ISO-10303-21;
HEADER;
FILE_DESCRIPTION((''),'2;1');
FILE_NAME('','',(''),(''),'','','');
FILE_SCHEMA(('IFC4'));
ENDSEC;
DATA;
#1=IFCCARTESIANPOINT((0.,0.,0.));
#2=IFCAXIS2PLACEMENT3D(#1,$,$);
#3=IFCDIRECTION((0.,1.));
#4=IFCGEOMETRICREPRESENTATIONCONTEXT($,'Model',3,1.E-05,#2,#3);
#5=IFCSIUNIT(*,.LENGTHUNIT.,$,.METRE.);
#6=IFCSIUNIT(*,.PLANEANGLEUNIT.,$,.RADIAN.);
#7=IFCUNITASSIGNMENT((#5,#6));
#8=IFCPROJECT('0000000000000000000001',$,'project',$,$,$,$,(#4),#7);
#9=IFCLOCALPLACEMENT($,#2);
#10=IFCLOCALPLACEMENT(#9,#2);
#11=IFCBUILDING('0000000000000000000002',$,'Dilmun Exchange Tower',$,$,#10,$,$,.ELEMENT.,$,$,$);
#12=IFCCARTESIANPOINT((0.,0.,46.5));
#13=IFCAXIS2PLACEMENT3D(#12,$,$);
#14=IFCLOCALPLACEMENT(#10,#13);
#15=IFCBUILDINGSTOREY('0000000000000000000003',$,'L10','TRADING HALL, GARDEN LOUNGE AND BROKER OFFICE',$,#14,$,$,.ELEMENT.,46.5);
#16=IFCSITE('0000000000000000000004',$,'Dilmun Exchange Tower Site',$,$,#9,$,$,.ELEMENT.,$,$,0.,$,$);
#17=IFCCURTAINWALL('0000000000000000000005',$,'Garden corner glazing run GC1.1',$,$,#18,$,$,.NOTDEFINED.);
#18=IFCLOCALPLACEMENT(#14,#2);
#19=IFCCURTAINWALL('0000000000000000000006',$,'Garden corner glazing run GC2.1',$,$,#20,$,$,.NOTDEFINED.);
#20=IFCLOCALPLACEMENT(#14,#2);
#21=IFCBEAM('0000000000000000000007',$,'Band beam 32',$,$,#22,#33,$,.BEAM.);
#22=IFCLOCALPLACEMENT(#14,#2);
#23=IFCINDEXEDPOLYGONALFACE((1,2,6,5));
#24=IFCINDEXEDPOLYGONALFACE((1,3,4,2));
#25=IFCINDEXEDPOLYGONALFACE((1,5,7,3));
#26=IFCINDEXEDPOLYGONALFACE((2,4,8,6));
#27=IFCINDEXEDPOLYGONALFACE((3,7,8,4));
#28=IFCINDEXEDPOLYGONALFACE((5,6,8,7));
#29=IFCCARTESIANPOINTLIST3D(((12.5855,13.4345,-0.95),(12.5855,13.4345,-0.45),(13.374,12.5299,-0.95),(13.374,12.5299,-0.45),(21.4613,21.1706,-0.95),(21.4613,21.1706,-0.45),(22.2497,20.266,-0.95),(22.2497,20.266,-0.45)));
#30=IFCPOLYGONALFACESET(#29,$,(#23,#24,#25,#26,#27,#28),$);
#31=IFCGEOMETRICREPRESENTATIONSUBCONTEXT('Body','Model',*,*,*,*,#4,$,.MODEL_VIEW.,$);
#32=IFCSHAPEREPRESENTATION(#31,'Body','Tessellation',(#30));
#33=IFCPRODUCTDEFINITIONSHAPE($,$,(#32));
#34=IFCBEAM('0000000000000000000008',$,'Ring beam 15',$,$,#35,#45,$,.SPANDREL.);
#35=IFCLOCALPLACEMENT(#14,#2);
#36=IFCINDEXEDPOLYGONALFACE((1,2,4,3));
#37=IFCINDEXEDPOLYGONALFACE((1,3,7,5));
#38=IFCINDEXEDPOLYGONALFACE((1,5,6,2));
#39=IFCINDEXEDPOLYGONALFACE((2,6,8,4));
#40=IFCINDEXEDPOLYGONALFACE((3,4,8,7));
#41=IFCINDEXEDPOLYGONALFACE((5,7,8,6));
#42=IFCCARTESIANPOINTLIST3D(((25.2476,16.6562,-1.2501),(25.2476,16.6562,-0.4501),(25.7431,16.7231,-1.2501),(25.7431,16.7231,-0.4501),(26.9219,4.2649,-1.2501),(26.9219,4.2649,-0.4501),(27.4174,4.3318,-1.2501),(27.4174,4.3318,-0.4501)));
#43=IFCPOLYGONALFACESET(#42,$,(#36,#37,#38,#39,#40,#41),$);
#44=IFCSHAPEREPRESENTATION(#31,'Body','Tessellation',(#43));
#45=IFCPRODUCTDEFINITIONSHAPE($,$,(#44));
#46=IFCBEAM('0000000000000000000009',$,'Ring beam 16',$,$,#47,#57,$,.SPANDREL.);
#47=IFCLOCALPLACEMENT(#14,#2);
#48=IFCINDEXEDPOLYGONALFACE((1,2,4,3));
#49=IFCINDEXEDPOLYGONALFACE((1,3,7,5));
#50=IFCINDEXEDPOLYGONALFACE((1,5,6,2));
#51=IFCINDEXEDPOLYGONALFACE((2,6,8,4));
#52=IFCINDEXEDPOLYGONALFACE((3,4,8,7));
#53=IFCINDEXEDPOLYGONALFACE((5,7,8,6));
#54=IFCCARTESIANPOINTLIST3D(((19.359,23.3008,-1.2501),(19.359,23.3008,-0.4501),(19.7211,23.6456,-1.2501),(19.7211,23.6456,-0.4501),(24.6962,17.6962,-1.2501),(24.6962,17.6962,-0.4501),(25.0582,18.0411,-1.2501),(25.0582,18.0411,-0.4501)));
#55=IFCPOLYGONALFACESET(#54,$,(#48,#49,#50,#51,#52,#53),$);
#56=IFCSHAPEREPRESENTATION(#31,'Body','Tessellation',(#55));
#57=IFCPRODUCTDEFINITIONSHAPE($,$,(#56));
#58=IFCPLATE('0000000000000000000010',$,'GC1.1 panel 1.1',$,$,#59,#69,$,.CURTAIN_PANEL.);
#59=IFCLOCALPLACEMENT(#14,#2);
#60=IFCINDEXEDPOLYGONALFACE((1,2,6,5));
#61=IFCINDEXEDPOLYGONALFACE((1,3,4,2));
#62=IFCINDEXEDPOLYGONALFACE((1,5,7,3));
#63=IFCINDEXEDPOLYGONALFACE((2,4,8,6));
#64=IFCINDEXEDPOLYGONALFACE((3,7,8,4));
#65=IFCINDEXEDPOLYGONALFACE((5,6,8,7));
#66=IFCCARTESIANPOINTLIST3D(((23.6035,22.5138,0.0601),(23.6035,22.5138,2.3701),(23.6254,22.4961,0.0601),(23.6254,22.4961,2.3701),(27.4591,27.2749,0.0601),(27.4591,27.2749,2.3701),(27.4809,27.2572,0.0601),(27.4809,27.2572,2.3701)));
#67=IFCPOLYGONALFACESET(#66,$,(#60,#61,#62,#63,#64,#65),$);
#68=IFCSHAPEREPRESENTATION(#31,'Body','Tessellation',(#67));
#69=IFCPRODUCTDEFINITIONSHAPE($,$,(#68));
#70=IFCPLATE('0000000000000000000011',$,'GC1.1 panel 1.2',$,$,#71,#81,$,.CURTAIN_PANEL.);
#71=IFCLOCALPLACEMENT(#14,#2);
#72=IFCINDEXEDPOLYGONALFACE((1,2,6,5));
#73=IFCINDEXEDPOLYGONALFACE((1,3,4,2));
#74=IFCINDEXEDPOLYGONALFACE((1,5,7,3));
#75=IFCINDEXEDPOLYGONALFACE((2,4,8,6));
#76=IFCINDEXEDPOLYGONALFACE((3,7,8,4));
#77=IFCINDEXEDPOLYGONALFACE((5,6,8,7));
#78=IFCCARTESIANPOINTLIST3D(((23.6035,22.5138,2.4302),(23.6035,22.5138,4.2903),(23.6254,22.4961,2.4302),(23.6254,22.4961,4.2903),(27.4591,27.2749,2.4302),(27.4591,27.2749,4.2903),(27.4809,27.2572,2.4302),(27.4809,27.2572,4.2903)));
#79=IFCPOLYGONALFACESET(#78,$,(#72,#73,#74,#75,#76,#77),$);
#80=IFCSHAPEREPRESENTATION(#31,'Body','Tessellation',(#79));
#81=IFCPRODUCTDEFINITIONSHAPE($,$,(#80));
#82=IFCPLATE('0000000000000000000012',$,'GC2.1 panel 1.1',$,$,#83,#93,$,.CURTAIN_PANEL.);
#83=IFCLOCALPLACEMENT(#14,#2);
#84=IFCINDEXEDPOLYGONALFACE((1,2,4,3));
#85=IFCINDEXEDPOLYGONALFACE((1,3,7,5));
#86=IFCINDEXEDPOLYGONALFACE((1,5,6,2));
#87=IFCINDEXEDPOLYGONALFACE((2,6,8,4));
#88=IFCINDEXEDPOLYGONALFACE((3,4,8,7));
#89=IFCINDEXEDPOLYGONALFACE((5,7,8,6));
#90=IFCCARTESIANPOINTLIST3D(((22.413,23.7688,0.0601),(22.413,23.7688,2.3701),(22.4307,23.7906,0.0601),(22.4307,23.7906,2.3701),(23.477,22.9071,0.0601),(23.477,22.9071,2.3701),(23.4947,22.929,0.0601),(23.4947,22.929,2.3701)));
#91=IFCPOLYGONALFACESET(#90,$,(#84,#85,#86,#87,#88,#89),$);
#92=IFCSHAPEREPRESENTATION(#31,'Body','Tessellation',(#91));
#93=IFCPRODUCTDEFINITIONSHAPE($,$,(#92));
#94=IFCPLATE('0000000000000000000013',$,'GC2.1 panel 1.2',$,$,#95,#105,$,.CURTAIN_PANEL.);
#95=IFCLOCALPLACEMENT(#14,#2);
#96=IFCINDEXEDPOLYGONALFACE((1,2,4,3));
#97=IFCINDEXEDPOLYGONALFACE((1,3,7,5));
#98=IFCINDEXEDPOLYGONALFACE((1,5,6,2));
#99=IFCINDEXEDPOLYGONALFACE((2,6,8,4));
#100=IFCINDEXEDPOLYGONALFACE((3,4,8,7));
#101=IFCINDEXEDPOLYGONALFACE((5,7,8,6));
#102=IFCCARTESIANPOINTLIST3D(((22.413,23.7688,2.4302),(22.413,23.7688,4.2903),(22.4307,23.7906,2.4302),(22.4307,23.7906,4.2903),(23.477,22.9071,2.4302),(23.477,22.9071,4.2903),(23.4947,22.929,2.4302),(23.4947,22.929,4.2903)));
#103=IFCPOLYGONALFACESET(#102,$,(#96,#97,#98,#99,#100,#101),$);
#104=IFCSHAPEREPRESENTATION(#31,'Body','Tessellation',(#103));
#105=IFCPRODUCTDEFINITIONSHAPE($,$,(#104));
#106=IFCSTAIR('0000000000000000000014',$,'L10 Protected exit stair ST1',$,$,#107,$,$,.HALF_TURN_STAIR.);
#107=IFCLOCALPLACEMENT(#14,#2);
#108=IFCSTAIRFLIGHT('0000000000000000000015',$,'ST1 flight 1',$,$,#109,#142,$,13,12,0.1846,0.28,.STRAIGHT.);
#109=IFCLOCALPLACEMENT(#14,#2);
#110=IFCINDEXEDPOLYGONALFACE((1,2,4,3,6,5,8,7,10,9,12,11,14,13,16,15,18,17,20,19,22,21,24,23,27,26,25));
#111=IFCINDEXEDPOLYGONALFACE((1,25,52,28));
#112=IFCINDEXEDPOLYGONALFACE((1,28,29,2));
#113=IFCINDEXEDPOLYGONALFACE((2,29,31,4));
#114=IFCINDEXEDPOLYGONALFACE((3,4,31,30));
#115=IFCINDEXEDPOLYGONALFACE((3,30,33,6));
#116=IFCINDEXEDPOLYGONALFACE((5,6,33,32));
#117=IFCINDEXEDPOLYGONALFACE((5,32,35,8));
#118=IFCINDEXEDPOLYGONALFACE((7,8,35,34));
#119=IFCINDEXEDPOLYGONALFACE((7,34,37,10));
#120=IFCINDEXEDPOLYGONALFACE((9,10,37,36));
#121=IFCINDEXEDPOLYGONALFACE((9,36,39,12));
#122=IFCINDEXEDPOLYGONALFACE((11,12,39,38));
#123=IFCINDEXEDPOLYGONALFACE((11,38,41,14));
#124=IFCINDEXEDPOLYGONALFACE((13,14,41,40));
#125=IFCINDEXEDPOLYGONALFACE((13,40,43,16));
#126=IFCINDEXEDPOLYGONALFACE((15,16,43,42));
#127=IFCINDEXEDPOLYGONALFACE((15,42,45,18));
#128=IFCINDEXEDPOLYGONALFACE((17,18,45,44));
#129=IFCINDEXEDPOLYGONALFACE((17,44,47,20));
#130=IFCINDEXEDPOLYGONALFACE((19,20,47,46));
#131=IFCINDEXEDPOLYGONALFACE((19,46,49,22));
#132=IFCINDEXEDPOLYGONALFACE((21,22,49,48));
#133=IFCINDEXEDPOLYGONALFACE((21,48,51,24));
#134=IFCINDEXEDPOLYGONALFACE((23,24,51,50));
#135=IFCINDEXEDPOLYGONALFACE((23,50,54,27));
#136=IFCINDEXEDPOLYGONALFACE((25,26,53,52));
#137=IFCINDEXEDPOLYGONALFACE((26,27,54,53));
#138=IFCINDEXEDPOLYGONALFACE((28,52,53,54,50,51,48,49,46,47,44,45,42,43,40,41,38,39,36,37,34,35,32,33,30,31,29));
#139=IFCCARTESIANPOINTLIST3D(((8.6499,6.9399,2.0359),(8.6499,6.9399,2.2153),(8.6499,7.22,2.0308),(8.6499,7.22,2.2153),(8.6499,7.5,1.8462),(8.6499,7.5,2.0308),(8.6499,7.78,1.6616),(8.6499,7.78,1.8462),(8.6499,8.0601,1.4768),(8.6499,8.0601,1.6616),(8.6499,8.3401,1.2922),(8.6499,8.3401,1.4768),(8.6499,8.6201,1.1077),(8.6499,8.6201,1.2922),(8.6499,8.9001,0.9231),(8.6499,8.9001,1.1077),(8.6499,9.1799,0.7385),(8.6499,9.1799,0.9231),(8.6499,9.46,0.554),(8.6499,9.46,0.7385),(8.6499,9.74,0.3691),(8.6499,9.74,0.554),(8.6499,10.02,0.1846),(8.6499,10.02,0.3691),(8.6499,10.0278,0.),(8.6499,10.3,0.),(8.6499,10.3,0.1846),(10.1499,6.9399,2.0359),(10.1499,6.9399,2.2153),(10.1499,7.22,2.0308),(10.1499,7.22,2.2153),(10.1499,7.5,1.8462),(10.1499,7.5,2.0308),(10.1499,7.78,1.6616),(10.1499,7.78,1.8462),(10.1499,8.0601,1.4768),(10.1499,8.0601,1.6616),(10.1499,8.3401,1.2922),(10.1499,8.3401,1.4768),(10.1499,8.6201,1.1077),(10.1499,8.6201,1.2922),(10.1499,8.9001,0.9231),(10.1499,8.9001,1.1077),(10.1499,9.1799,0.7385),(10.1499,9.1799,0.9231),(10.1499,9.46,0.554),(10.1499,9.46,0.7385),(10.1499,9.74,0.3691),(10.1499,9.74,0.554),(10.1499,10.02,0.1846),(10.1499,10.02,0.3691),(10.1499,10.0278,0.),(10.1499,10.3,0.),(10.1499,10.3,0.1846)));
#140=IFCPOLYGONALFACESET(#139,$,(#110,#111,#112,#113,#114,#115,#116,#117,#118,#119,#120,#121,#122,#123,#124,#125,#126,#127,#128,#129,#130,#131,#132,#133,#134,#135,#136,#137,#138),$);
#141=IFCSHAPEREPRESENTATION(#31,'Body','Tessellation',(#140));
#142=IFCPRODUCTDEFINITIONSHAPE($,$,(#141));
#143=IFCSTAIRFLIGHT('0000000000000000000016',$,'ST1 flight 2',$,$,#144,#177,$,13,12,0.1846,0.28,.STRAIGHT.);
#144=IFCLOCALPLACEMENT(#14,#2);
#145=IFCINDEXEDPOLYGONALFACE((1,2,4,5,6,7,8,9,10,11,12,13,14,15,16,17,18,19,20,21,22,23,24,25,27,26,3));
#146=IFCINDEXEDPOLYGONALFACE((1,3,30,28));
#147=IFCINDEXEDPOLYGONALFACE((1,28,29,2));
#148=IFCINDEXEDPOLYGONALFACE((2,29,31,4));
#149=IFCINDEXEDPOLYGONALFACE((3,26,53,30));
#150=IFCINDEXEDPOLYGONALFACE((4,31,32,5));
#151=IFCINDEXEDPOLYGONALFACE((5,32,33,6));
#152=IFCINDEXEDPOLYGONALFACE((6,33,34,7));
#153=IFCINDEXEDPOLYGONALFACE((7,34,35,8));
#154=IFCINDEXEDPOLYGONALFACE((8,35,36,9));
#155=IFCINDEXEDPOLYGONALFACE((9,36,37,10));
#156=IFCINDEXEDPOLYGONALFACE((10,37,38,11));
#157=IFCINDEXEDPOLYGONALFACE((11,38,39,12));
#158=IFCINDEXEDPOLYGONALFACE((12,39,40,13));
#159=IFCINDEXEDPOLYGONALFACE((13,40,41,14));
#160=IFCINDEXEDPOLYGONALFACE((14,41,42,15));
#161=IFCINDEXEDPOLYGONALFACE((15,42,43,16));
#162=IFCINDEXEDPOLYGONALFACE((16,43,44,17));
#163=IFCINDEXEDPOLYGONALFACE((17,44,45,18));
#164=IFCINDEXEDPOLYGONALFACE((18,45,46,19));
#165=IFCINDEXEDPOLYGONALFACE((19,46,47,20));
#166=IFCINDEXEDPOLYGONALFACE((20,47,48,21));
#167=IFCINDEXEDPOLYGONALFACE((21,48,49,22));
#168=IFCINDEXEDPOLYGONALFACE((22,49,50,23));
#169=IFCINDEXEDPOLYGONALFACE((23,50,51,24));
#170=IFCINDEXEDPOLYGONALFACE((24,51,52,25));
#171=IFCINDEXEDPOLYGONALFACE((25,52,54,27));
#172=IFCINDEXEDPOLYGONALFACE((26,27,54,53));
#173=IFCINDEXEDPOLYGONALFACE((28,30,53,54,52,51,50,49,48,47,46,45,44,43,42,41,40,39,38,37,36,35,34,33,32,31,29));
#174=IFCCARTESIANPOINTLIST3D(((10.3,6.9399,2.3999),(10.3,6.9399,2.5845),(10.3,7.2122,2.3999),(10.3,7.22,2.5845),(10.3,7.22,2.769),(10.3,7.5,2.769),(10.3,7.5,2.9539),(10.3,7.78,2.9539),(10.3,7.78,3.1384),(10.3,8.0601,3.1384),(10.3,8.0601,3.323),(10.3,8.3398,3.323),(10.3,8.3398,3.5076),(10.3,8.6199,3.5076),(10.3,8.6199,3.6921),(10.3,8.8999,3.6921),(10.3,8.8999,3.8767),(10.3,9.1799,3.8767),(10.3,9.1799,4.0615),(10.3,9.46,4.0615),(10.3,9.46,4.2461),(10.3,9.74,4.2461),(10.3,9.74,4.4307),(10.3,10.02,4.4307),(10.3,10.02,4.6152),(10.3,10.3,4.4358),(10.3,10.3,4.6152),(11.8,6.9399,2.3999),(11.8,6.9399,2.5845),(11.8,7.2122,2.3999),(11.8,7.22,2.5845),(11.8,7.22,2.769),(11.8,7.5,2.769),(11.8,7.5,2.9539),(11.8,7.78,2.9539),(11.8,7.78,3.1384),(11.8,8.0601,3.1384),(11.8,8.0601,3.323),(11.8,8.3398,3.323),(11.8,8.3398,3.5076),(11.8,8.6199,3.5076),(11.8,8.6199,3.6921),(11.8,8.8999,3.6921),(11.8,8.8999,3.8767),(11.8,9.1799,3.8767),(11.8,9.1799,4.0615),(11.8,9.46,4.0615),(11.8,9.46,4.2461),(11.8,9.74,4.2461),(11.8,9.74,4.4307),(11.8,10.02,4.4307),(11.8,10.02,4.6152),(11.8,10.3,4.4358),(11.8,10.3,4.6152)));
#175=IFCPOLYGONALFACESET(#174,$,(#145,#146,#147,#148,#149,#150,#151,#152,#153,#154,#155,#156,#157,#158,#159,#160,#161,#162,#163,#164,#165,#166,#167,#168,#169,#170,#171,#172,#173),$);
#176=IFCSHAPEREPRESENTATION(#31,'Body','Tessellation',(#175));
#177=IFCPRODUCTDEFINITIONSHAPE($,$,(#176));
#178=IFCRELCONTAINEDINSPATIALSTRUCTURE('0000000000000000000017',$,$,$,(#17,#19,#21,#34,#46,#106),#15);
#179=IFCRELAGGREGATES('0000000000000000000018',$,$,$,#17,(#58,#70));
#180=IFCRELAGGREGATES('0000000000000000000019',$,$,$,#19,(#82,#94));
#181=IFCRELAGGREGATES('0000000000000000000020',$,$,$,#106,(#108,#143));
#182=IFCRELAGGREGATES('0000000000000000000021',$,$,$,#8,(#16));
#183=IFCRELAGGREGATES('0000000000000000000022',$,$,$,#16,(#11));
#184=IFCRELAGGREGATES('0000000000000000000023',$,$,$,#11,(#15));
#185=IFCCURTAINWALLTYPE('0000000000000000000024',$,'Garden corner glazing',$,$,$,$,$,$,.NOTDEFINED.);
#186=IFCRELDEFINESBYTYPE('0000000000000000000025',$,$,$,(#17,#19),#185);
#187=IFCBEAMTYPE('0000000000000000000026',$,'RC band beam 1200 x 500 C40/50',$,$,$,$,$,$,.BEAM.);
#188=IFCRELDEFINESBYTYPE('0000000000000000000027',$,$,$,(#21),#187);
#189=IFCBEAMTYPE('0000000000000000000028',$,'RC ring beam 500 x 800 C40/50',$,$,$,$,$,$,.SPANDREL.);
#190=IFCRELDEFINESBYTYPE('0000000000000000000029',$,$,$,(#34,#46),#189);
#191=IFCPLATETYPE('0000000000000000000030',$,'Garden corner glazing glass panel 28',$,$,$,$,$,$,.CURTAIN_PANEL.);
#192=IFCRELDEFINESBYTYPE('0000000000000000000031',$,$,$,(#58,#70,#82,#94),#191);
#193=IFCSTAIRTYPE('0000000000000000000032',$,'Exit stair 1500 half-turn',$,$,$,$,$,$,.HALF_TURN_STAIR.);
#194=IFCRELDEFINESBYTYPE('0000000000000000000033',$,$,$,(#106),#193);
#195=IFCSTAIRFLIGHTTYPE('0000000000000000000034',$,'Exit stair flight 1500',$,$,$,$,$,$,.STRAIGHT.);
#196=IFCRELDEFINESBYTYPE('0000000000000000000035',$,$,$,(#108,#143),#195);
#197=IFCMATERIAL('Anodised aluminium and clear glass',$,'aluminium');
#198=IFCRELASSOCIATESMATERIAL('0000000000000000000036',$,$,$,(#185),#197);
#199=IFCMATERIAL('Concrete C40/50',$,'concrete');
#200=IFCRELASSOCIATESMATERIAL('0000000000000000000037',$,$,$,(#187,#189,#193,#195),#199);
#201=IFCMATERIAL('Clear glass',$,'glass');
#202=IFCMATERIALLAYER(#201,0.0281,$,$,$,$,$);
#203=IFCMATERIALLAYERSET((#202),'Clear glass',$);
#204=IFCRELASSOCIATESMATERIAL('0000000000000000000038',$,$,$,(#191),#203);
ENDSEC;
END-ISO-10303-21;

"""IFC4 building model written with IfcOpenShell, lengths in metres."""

from ifc_helpers import new_model, si_unit, direction, frame, origin, origin_2d, place, context, subcontext, project, spatial, polyline, rectangle, outline, extrude, material, layer, layer_set, material_profile, profile_set, type_object, element, aggregate, save


model = new_model("IFC4")

# Units and contexts
model_context = context("Model", 3, precision=1e-05, world=origin(), true_north=direction((0.0, 1.0)))
body_context = subcontext(model_context, "Body", "Model", "MODEL_VIEW")
ifc_project = project(units=[si_unit("LENGTHUNIT", "METRE"), si_unit("PLANEANGLEUNIT", "RADIAN")], contexts=[model_context])

# Site, building, storey
site_placement = place(None, origin())
site = spatial("IfcSite", under=ifc_project, at=site_placement, Name="Dilmun Exchange Tower Site", CompositionType="ELEMENT", RefElevation=0.0)
building_placement = place(site_placement, origin())
building = spatial("IfcBuilding", under=site, at=building_placement, Name="Dilmun Exchange Tower", CompositionType="ELEMENT")
storey_placement = place(building_placement, frame((0.0, 0.0, 46.5)))
storey = spatial("IfcBuildingStorey", under=building, at=storey_placement, Name="L10", Description="TRADING HALL, GARDEN LOUNGE AND BROKER OFFICE", CompositionType="ELEMENT", Elevation=46.5)

# Curtain wall
ifc_material_1 = material(Name="Anodised aluminium and clear glass", Category="aluminium")
curtain_wall_type = type_object("IfcCurtainWallType", Name="Garden corner glazing", PredefinedType="NOTDEFINED", material=ifc_material_1)
curtain_wall_1_placement = place(storey_placement, origin())
curtain_wall_1 = element("IfcCurtainWall", 1, at=curtain_wall_1_placement, inside=storey, type_object=curtain_wall_type, Name="Garden corner glazing run GC1.1", PredefinedType="NOTDEFINED")

# Curtain wall
curtain_wall_2_placement = place(storey_placement, origin())
curtain_wall_2 = element("IfcCurtainWall", 2, at=curtain_wall_2_placement, inside=storey, type_object=curtain_wall_type, Name="Garden corner glazing run GC2.1", PredefinedType="NOTDEFINED")

# Beams
ifc_material_2 = material(Name="Concrete C40/50", Category="concrete")
ifc_material_profile_1 = material_profile(ifc_material_2, rectangle(XDim=1.2, YDim=0.5, at=origin_2d()), Name="1200 x 500")
ifc_profile_set_1 = profile_set([ifc_material_profile_1], Name="Concrete C40/50")
beam_type_1 = type_object("IfcBeamType", Name="RC band beam 1200 x 500 C40/50", PredefinedType="BEAM", material=ifc_profile_set_1)
beam_1_placement = place(storey_placement, frame((21.8555, 20.7183, -0.7), z_axis=(-0.753846, -0.657052, 0.0), x_axis=(0.657052, -0.753846, 0.0)))
element("IfcBeam", 3, at=beam_1_placement, inside=storey, type_object=beam_type_1, Name="Band beam 32", PredefinedType="BEAM", context=body_context, shape_type="SweptSolid", body=[
    extrude(rectangle(XDim=1.2, YDim=0.5, at=origin_2d()), origin(), (0.0, 0.0, 1.0), 11.7739),
])
ifc_material_profile_2 = material_profile(ifc_material_2, rectangle(XDim=0.5, YDim=0.8, at=origin_2d()), Name="500 x 800")
ifc_profile_set_2 = profile_set([ifc_material_profile_2], Name="Concrete C40/50")
beam_type_2 = type_object("IfcBeamType", Name="RC ring beam 500 x 800 C40/50", PredefinedType="SPANDREL", material=ifc_profile_set_2)
beam_2_placement = place(storey_placement, frame((27.1697, 4.2983, -0.8501), z_axis=(-0.133903, 0.990994, 0.0), x_axis=(-0.990994, -0.133903, 0.0)))
element("IfcBeam", 4, at=beam_2_placement, inside=storey, type_object=beam_type_2, Name="Ring beam 15", PredefinedType="SPANDREL", context=body_context, shape_type="SweptSolid", body=[
    extrude(rectangle(XDim=0.5, YDim=0.8, at=origin_2d()), origin(), (0.0, 0.0, 1.0), 12.5039),
])
beam_3_placement = place(storey_placement, frame((24.8772, 17.8687, -0.8501), z_axis=(-0.689624, 0.724167, 0.0), x_axis=(-0.724167, -0.689624, 0.0)))
element("IfcBeam", 5, at=beam_3_placement, inside=storey, type_object=beam_type_2, Name="Ring beam 16", PredefinedType="SPANDREL", context=body_context, shape_type="SweptSolid", body=[
    extrude(rectangle(XDim=0.5, YDim=0.8, at=origin_2d()), origin(), (0.0, 0.0, 1.0), 7.7393),
])

# Plates
ifc_material_3 = material(Name="Clear glass", Category="glass")
ifc_layer_1 = layer(ifc_material_3, 0.0281)
ifc_layer_set_1 = layer_set([ifc_layer_1], Name="Clear glass")
plate_type = type_object("IfcPlateType", Name="Garden corner glazing glass panel 28", PredefinedType="CURTAIN_PANEL", material=ifc_layer_set_1)
plate_1_placement = place(storey_placement, frame((25.5422, 24.8855, 0.0601), z_axis=(0.0, 0.0, 1.0), x_axis=(-0.629329, -0.777139, 0.0)))
plate_1 = element("IfcPlate", 6, at=plate_1_placement, type_object=plate_type, Name="GC1.1 panel 1.1", PredefinedType="CURTAIN_PANEL", context=body_context, shape_type="SweptSolid", body=[
    extrude(rectangle(XDim=6.1265, YDim=0.0281, at=origin_2d()), origin(), (0.0, 0.0, 1.0), 2.3101),
])
plate_2_placement = place(storey_placement, frame((25.5422, 24.8855, 2.4302), z_axis=(0.0, 0.0, 1.0), x_axis=(-0.629329, -0.777139, 0.0)))
plate_2 = element("IfcPlate", 7, at=plate_2_placement, type_object=plate_type, Name="GC1.1 panel 1.2", PredefinedType="CURTAIN_PANEL", context=body_context, shape_type="SweptSolid", body=[
    extrude(rectangle(XDim=6.1265, YDim=0.0281, at=origin_2d()), origin(), (0.0, 0.0, 1.0), 1.8601),
])
aggregate(curtain_wall_1, [plate_1, plate_2])
plate_3_placement = place(storey_placement, frame((22.9539, 23.3489, 0.0601), z_axis=(0.0, 0.0, 1.0), x_axis=(-0.77714, 0.629328, 0.0)))
plate_3 = element("IfcPlate", 8, at=plate_3_placement, type_object=plate_type, Name="GC2.1 panel 1.1", PredefinedType="CURTAIN_PANEL", context=body_context, shape_type="SweptSolid", body=[
    extrude(rectangle(XDim=1.3691, YDim=0.0281, at=origin_2d()), origin(), (0.0, 0.0, 1.0), 2.3101),
])
plate_4_placement = place(storey_placement, frame((22.9539, 23.3489, 2.4302), z_axis=(0.0, 0.0, 1.0), x_axis=(-0.77714, 0.629328, 0.0)))
plate_4 = element("IfcPlate", 9, at=plate_4_placement, type_object=plate_type, Name="GC2.1 panel 1.2", PredefinedType="CURTAIN_PANEL", context=body_context, shape_type="SweptSolid", body=[
    extrude(rectangle(XDim=1.3691, YDim=0.0281, at=origin_2d()), origin(), (0.0, 0.0, 1.0), 1.8601),
])
aggregate(curtain_wall_2, [plate_3, plate_4])

# Stair, stair flights
stair_type = type_object("IfcStairType", Name="Exit stair 1500 half-turn", PredefinedType="HALF_TURN_STAIR", material=ifc_material_2)
stair_placement = place(storey_placement, origin())
stair = element("IfcStair", 10, at=stair_placement, inside=storey, type_object=stair_type, Name="L10 Protected exit stair ST1", PredefinedType="HALF_TURN_STAIR")
stair_flight_type = type_object("IfcStairFlightType", Name="Exit stair flight 1500", PredefinedType="STRAIGHT", material=ifc_material_2)
stair_flight_1_placement = place(storey_placement, frame((9.3999, 10.3, 0.0), z_axis=(0.0, 0.0, 1.0), x_axis=(0.0, -1.0, 0.0)))
stair_flight_1 = element("IfcStairFlight", 11, at=stair_flight_1_placement, type_object=stair_flight_type, Name="ST1 flight 1", NumberOfRisers=13, NumberOfTreads=12, PredefinedType="STRAIGHT", RiserHeight=0.1846, TreadLength=0.28, context=body_context, shape_type="SweptSolid", body=[
    extrude(outline(polyline([(0.0, 0.0), (0.0, 0.1846), (0.28, 0.1846), (0.28, 0.3691), (0.5601, 0.3691), (0.5601, 0.554), (0.8401, 0.554), (0.8401, 0.7385), (1.1201, 0.7385), (1.1201, 0.9231), (1.3999, 0.9231), (1.3999, 1.1077), (1.6799, 1.1077), (1.6799, 1.2922), (1.96, 1.2922), (1.96, 1.4768), (2.24, 1.4768), (2.24, 1.6616), (2.52, 1.6616), (2.52, 1.8462), (2.8, 1.8462), (2.8, 2.0308), (3.0801, 2.0308), (3.0801, 2.2153), (3.3601, 2.2153), (3.3601, 2.3999), (3.3601, 2.0359), (0.2722, 0.0), (0.0, 0.0)])), frame((0.0, 0.75, 0.0), z_axis=(0.0, -1.0, 0.0), x_axis=(1.0, 0.0, 0.0)), (0.0, 0.0, 1.0), 1.5),
])
stair_flight_2_placement = place(storey_placement, frame((11.05, 6.9399, 2.3999), z_axis=(0.0, 0.0, 1.0), x_axis=(0.0, 1.0, 0.0)))
stair_flight_2 = element("IfcStairFlight", 12, at=stair_flight_2_placement, type_object=stair_flight_type, Name="ST1 flight 2", NumberOfRisers=13, NumberOfTreads=12, PredefinedType="STRAIGHT", RiserHeight=0.1846, TreadLength=0.28, context=body_context, shape_type="SweptSolid", body=[
    extrude(outline(polyline([(0.0, 0.0), (0.0, 0.1846), (0.28, 0.1846), (0.28, 0.3691), (0.5601, 0.3691), (0.5601, 0.554), (0.8401, 0.554), (0.8401, 0.7385), (1.1201, 0.7385), (1.1201, 0.9231), (1.3999, 0.9231), (1.3999, 1.1077), (1.6799, 1.1077), (1.6799, 1.2922), (1.96, 1.2922), (1.96, 1.4768), (2.24, 1.4768), (2.24, 1.6616), (2.52, 1.6616), (2.52, 1.8462), (2.8, 1.8462), (2.8, 2.0308), (3.0801, 2.0308), (3.0801, 2.2153), (3.3601, 2.2153), (3.3601, 2.3999), (3.3601, 2.0359), (0.2722, 0.0), (0.0, 0.0)])), frame((0.0, 0.75, 0.0), z_axis=(0.0, -1.0, 0.0), x_axis=(1.0, 0.0, 0.0)), (0.0, 0.0, 1.0), 1.5),
])
aggregate(stair, [stair_flight_1, stair_flight_2])

save(model, "model.ifc")
